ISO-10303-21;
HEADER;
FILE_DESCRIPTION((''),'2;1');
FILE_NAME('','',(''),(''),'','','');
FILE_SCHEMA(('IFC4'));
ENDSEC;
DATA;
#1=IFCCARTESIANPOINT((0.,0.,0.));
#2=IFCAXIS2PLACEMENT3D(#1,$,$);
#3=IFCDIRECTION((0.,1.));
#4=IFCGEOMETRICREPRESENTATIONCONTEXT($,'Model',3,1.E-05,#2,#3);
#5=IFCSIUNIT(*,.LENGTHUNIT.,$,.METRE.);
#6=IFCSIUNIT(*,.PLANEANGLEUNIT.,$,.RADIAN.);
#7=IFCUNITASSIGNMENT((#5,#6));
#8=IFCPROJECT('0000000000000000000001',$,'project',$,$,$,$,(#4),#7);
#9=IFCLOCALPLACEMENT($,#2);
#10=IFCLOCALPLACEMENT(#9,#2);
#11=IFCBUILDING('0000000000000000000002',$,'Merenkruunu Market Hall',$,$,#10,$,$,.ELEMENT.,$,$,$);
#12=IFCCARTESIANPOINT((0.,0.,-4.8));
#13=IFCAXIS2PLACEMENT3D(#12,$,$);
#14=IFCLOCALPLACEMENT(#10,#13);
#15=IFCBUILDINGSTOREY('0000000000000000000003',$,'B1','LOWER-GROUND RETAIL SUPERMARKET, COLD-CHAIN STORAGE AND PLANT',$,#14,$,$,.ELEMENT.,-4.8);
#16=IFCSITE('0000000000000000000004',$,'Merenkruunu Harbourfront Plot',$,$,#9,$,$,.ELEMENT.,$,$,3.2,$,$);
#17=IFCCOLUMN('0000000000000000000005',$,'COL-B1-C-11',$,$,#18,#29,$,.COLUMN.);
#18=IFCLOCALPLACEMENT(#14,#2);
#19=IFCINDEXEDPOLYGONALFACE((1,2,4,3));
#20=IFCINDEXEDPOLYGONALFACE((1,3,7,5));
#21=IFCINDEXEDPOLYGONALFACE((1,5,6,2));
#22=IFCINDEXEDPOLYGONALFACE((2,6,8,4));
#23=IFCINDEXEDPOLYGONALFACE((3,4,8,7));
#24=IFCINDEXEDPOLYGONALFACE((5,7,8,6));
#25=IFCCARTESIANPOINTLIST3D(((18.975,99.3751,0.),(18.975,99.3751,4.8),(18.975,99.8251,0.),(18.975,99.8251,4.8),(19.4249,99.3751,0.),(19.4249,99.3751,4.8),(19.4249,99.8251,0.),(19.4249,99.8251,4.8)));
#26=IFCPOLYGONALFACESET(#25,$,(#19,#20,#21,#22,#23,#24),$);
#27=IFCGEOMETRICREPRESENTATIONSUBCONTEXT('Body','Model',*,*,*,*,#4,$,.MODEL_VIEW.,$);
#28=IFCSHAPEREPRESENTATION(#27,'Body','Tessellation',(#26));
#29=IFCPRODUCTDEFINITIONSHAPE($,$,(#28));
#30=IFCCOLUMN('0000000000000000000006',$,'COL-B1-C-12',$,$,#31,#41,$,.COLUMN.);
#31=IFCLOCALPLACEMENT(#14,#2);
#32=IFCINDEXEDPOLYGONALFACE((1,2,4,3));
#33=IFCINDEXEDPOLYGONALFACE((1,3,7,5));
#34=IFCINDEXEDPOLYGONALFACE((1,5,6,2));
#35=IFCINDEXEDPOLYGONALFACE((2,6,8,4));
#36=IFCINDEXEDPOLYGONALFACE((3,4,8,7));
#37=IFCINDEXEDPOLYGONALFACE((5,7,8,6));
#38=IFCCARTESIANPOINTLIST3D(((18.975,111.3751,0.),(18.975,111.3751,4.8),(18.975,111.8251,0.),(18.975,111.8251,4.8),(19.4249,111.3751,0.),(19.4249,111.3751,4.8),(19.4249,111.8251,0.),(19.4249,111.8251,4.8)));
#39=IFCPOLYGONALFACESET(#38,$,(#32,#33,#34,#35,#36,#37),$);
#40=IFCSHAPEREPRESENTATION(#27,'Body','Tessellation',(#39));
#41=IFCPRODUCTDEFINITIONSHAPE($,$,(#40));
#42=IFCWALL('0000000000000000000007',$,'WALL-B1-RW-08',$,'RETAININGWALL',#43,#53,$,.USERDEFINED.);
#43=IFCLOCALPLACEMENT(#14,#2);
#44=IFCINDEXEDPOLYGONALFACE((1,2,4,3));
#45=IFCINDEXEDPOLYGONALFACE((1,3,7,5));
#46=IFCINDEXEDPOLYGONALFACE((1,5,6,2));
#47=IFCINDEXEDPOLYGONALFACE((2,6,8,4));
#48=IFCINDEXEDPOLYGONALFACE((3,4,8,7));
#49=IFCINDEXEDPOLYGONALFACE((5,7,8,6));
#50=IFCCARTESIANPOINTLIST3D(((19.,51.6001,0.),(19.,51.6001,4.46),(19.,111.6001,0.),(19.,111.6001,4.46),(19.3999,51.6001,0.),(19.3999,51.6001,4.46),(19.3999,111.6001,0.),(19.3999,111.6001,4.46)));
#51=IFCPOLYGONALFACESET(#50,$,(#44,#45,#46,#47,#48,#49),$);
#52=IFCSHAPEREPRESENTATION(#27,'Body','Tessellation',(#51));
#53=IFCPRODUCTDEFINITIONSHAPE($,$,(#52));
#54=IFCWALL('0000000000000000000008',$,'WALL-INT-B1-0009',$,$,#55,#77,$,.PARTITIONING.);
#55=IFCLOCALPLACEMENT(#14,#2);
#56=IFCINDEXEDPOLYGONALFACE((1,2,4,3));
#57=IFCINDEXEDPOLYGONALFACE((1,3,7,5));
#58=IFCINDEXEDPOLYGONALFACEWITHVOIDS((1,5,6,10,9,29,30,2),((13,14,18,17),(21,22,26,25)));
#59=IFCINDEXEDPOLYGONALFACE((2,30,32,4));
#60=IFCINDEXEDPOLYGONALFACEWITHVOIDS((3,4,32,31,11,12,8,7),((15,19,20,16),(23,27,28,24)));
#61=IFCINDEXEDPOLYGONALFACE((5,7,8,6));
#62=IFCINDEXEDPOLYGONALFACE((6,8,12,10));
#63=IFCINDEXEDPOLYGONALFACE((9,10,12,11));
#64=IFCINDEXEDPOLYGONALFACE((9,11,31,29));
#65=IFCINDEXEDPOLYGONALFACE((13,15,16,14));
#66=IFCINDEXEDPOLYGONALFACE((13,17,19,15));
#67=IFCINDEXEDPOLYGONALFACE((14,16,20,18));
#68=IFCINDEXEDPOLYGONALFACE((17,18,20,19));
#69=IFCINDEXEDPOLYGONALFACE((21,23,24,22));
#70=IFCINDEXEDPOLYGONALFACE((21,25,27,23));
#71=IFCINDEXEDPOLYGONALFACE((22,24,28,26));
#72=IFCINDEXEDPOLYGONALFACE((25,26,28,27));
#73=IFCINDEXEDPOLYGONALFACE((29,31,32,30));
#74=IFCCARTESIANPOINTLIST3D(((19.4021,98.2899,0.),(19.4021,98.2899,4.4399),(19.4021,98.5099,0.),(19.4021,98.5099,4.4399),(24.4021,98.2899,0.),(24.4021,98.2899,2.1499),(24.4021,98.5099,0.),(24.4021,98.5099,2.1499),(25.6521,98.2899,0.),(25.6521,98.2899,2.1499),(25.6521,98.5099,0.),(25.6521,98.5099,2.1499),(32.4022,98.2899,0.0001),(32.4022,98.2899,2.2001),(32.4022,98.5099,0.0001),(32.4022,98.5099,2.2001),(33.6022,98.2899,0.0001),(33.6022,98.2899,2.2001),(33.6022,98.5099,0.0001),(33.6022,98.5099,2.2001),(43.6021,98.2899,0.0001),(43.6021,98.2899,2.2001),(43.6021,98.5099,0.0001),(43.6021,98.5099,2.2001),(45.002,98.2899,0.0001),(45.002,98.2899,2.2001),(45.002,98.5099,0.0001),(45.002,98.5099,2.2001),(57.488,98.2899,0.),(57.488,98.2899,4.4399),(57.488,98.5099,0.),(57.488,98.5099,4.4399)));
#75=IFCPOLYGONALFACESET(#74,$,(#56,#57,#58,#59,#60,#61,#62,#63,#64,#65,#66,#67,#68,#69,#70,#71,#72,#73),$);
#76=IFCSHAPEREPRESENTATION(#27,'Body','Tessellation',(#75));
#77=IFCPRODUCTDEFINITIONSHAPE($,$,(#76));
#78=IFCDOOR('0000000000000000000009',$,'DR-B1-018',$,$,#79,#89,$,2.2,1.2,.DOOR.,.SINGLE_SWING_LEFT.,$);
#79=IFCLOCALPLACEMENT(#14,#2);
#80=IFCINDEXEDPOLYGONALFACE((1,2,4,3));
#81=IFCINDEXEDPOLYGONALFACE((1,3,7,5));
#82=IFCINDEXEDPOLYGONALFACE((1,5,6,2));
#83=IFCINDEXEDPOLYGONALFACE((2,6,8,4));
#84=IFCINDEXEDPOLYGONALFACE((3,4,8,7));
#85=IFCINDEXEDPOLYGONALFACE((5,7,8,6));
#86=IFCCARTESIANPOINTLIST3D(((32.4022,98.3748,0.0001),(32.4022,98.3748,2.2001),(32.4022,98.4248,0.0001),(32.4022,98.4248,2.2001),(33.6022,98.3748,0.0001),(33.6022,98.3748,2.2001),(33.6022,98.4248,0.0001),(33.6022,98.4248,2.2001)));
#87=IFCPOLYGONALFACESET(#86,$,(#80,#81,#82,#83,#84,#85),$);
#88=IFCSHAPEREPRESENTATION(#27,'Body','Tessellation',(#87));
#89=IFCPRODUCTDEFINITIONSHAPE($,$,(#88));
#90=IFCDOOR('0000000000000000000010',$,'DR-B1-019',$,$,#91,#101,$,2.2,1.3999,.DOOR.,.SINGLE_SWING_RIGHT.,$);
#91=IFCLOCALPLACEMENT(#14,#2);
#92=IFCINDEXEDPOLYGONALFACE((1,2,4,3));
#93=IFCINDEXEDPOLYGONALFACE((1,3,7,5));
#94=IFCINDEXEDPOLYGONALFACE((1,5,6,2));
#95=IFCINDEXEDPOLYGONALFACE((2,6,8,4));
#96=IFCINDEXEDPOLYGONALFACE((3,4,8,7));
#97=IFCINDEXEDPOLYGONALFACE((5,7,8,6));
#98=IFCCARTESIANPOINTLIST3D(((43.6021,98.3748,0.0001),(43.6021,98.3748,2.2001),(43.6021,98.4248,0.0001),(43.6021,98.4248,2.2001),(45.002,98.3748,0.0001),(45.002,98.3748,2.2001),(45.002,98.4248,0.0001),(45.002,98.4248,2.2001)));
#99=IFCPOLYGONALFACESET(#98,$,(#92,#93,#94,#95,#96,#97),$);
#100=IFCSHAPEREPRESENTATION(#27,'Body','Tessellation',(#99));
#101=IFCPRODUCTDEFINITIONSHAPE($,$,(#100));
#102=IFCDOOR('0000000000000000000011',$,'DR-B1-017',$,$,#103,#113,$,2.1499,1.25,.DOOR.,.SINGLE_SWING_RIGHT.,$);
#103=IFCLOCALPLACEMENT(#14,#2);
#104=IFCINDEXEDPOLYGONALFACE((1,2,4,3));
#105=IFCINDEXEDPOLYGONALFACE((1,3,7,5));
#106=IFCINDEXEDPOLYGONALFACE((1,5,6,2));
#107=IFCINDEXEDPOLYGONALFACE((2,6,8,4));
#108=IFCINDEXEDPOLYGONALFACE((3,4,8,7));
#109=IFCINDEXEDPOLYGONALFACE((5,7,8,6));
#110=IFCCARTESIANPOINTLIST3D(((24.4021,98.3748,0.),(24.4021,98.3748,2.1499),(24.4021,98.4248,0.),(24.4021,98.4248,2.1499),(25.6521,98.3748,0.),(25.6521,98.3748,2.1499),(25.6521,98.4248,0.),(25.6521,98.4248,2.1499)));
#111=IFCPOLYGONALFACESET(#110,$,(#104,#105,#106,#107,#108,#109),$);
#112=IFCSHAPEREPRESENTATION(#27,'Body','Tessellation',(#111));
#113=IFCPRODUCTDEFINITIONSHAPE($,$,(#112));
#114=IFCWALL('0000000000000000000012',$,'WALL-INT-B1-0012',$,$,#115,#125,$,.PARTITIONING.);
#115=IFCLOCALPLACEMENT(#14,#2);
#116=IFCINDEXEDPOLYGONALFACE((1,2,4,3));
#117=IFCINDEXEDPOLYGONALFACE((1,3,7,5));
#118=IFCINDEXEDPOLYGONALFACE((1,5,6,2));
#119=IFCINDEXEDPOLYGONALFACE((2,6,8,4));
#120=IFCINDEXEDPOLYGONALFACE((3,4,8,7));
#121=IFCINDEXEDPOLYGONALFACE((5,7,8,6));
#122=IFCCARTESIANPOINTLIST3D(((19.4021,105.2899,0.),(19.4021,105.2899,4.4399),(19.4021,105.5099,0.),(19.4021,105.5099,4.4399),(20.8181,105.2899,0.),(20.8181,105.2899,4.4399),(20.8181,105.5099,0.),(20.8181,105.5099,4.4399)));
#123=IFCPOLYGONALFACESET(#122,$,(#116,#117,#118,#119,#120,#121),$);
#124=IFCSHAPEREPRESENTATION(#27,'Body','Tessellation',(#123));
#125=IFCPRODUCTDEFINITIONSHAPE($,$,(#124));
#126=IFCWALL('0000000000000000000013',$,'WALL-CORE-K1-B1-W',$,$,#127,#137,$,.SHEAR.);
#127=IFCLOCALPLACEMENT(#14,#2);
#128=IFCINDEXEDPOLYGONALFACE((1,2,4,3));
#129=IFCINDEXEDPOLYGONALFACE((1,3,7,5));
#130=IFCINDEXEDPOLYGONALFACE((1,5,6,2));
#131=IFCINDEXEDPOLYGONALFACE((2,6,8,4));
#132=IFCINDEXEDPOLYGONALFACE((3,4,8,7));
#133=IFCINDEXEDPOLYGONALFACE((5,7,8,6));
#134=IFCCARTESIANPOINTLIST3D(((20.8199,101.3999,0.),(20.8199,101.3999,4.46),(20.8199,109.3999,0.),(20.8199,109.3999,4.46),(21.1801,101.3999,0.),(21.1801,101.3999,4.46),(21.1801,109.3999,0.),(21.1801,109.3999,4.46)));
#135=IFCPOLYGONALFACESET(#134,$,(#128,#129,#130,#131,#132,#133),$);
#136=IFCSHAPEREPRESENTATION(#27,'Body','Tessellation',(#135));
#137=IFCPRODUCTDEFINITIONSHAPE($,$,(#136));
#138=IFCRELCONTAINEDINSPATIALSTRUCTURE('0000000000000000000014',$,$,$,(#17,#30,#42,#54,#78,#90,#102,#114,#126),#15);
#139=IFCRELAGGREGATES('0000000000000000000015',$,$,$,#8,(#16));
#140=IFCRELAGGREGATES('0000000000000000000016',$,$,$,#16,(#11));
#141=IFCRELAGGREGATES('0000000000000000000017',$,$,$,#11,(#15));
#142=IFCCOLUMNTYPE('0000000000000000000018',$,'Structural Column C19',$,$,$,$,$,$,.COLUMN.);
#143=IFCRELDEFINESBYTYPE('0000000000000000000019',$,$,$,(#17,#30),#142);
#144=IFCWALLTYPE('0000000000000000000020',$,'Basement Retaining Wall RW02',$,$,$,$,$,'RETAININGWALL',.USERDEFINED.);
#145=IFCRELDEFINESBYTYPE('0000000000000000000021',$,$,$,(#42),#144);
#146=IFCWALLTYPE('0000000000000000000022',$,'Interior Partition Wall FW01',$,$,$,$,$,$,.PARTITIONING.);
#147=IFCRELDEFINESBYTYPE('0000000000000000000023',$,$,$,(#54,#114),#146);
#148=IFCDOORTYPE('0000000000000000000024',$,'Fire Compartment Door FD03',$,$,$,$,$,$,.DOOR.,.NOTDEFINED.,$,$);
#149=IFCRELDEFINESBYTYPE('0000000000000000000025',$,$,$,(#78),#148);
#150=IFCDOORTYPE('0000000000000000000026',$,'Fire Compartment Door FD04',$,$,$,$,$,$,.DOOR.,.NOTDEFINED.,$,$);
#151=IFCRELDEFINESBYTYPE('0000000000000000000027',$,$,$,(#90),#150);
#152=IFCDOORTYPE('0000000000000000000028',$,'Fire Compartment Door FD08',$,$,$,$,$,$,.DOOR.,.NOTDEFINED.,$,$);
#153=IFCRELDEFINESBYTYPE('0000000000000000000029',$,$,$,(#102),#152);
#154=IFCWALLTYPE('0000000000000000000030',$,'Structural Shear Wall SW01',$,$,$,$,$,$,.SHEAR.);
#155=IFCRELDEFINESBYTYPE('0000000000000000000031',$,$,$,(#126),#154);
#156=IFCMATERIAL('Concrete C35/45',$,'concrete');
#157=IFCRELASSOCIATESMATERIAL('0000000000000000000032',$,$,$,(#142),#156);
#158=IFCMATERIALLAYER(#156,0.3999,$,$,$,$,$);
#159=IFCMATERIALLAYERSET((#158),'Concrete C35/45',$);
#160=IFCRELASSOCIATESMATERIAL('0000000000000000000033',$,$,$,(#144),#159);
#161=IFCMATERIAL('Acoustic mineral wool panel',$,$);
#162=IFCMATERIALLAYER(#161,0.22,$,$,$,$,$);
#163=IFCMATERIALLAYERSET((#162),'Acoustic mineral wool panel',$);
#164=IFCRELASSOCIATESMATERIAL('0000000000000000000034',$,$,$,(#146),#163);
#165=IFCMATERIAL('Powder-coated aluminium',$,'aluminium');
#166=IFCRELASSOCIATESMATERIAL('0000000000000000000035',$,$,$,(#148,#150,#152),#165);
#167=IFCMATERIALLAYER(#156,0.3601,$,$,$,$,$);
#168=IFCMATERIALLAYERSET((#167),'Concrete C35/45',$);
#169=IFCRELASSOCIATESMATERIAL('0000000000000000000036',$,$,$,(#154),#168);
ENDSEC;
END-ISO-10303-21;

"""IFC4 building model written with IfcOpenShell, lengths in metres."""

from ifc_helpers import new_model, si_unit, direction, frame, frame_2d, origin, origin_2d, place, context, subcontext, project, spatial, rectangle, extrude, material, layer, layer_set, material_profile, profile_set, type_object, element, fill, save


model = new_model("IFC4")

# Units and contexts
model_context = context("Model", 3, precision=1e-05, world=origin(), true_north=direction((0.0, 1.0)))
body_context = subcontext(model_context, "Body", "Model", "MODEL_VIEW")
ifc_project = project(units=[si_unit("LENGTHUNIT", "METRE"), si_unit("PLANEANGLEUNIT", "RADIAN")], contexts=[model_context])

# Site, building, storey
site_placement = place(None, origin())
site = spatial("IfcSite", under=ifc_project, at=site_placement, Name="Merenkruunu Harbourfront Plot", CompositionType="ELEMENT", RefElevation=3.2)
building_placement = place(site_placement, origin())
building = spatial("IfcBuilding", under=site, at=building_placement, Name="Merenkruunu Market Hall", CompositionType="ELEMENT")
storey_placement = place(building_placement, frame((0.0, 0.0, -4.8)))
storey = spatial("IfcBuildingStorey", under=building, at=storey_placement, Name="B1", Description="LOWER-GROUND RETAIL SUPERMARKET, COLD-CHAIN STORAGE AND PLANT", CompositionType="ELEMENT", Elevation=-4.8)

# Shared definitions
ifc_material_1 = material(Name="Concrete C35/45", Category="concrete")

# Columns
ifc_material_profile_1 = material_profile(ifc_material_1, rectangle(XDim=0.45, YDim=0.45, at=origin_2d()), Name="RC 450x450")
ifc_profile_set_1 = profile_set([ifc_material_profile_1], Name="Concrete C35/45")
column_type_1 = type_object("IfcColumnType", Name="Structural Column C19", PredefinedType="COLUMN", material=ifc_profile_set_1)
for number, where, z_axis, x_axis, name in (
    (1, (19.2, 99.6001, 0.0), (0.0, 0.0, 1.0), (1.0, 0.0, 0.0), "COL-B1-C-11"),
    (2, (19.2, 111.6001, 0.0), (0.0, 0.0, 1.0), (1.0, 0.0, 0.0), "COL-B1-C-12"),
):
    element("IfcColumn", number, at=place(storey_placement, frame(where, z_axis=z_axis, x_axis=x_axis)), inside=storey, type_object=column_type_1, Name=name, PredefinedType="COLUMN", context=body_context, shape_type="SweptSolid", body=[
        extrude(rectangle(XDim=0.45, YDim=0.45, at=origin_2d()), origin(), (0.0, 0.0, 1.0), 4.8),
    ])

# Wall
ifc_layer_1 = layer(ifc_material_1, 0.3999)
ifc_layer_set_1 = layer_set([ifc_layer_1], Name="Concrete C35/45")
wall_type_1 = type_object("IfcWallType", Name="Basement Retaining Wall RW02", ElementType="RETAININGWALL", PredefinedType="USERDEFINED", material=ifc_layer_set_1)
wall_1_placement = place(storey_placement, frame((19.2, 111.6001, 0.0), z_axis=(0.0, 0.0, 1.0), x_axis=(0.0, -1.0, 0.0)))
element("IfcWall", 3, at=wall_1_placement, inside=storey, type_object=wall_type_1, Name="WALL-B1-RW-08", ObjectType="RETAININGWALL", PredefinedType="USERDEFINED", context=body_context, shape_type="SweptSolid", body=[
    extrude(rectangle(XDim=60.0, YDim=0.3999, at=frame_2d((30.0, 0.0))), origin(), (0.0, 0.0, 1.0), 4.46),
])

# Wall, openings, doors
ifc_material_2 = material(Name="Acoustic mineral wool panel")
ifc_layer_2 = layer(ifc_material_2, 0.22)
ifc_layer_set_2 = layer_set([ifc_layer_2], Name="Acoustic mineral wool panel")
wall_type_2 = type_object("IfcWallType", Name="Interior Partition Wall FW01", PredefinedType="PARTITIONING", material=ifc_layer_set_2)
wall_2_placement = place(storey_placement, frame((19.4021, 98.3999, 0.0), z_axis=(0.0, 0.0, 1.0), x_axis=(1.0, 0.0, 0.0)))
wall_2 = element("IfcWall", 4, at=wall_2_placement, inside=storey, type_object=wall_type_2, Name="WALL-INT-B1-0009", PredefinedType="PARTITIONING", context=body_context, shape_type="SweptSolid", body=[
    extrude(rectangle(XDim=38.0859, YDim=0.22, at=frame_2d((19.043, 0.0))), origin(), (0.0, 0.0, 1.0), 4.4399),
])
opening_1_placement = place(wall_2_placement, frame((5.0, 0.0, 0.0)))
opening_1 = element("IfcOpeningElement", 5, at=opening_1_placement, cuts=wall_2, PredefinedType="OPENING", context=body_context, shape_type="SweptSolid", body=[
    extrude(rectangle(XDim=1.25, YDim=2.1499, at=frame_2d((0.625, 1.075))), frame((0.0, 0.1201, 0.0), z_axis=(0.0, -1.0, 0.0), x_axis=(1.0, 0.0, 0.0)), (0.0, 0.0, 1.0), 0.24),
])
opening_2_placement = place(wall_2_placement, frame((13.0, 0.0, 0.0)))
opening_2 = element("IfcOpeningElement", 6, at=opening_2_placement, cuts=wall_2, PredefinedType="OPENING", context=body_context, shape_type="SweptSolid", body=[
    extrude(rectangle(XDim=1.2, YDim=2.2, at=frame_2d((0.6001, 1.1001))), frame((0.0, 0.1201, 0.0), z_axis=(0.0, -1.0, 0.0), x_axis=(1.0, 0.0, 0.0)), (0.0, 0.0, 1.0), 0.24),
])
opening_3_placement = place(wall_2_placement, frame((24.2, 0.0, 0.0)))
opening_3 = element("IfcOpeningElement", 7, at=opening_3_placement, cuts=wall_2, PredefinedType="OPENING", context=body_context, shape_type="SweptSolid", body=[
    extrude(rectangle(XDim=1.3999, YDim=2.2, at=frame_2d((0.7, 1.1001))), frame((0.0, 0.1201, 0.0), z_axis=(0.0, -1.0, 0.0), x_axis=(1.0, 0.0, 0.0)), (0.0, 0.0, 1.0), 0.24),
])
ifc_material_3 = material(Name="Powder-coated aluminium", Category="aluminium")
door_type_1 = type_object("IfcDoorType", Name="Fire Compartment Door FD03", OperationType="NOTDEFINED", PredefinedType="DOOR", material=ifc_material_3)
door_1_placement = place(opening_2_placement, origin())
door_1 = element("IfcDoor", 8, at=door_1_placement, inside=storey, type_object=door_type_1, Name="DR-B1-018", OperationType="SINGLE_SWING_LEFT", OverallHeight=2.2, OverallWidth=1.2, PredefinedType="DOOR", context=body_context, shape_type="SweptSolid", body=[
    extrude(rectangle(XDim=1.2, YDim=2.2, at=frame_2d((0.6001, 1.1001))), frame((0.0, 0.0249, 0.0), z_axis=(0.0, -1.0, 0.0), x_axis=(1.0, 0.0, 0.0)), (0.0, 0.0, 1.0), 0.05),
])
fill(opening_2, door_1)
door_type_2 = type_object("IfcDoorType", Name="Fire Compartment Door FD04", OperationType="NOTDEFINED", PredefinedType="DOOR", material=ifc_material_3)
door_2_placement = place(opening_3_placement, origin())
door_2 = element("IfcDoor", 9, at=door_2_placement, inside=storey, type_object=door_type_2, Name="DR-B1-019", OperationType="SINGLE_SWING_RIGHT", OverallHeight=2.2, OverallWidth=1.3999, PredefinedType="DOOR", context=body_context, shape_type="SweptSolid", body=[
    extrude(rectangle(XDim=1.3999, YDim=2.2, at=frame_2d((0.7, 1.1001))), frame((0.0, 0.0249, 0.0), z_axis=(0.0, -1.0, 0.0), x_axis=(1.0, 0.0, 0.0)), (0.0, 0.0, 1.0), 0.05),
])
fill(opening_3, door_2)
door_type_3 = type_object("IfcDoorType", Name="Fire Compartment Door FD08", OperationType="NOTDEFINED", PredefinedType="DOOR", material=ifc_material_3)
door_3_placement = place(opening_1_placement, origin())
door_3 = element("IfcDoor", 10, at=door_3_placement, inside=storey, type_object=door_type_3, Name="DR-B1-017", OperationType="SINGLE_SWING_RIGHT", OverallHeight=2.1499, OverallWidth=1.25, PredefinedType="DOOR", context=body_context, shape_type="SweptSolid", body=[
    extrude(rectangle(XDim=1.25, YDim=2.1499, at=frame_2d((0.625, 1.075))), frame((0.0, 0.0249, 0.0), z_axis=(0.0, -1.0, 0.0), x_axis=(1.0, 0.0, 0.0)), (0.0, 0.0, 1.0), 0.05),
])
fill(opening_1, door_3)

# Walls
wall_3_placement = place(storey_placement, frame((19.4021, 105.3999, 0.0), z_axis=(0.0, 0.0, 1.0), x_axis=(1.0, 0.0, 0.0)))
element("IfcWall", 11, at=wall_3_placement, inside=storey, type_object=wall_type_2, Name="WALL-INT-B1-0012", PredefinedType="PARTITIONING", context=body_context, shape_type="SweptSolid", body=[
    extrude(rectangle(XDim=1.416, YDim=0.22, at=frame_2d((0.708, 0.0))), origin(), (0.0, 0.0, 1.0), 4.4399),
])
ifc_layer_3 = layer(ifc_material_1, 0.3601)
ifc_layer_set_3 = layer_set([ifc_layer_3], Name="Concrete C35/45")
wall_type_3 = type_object("IfcWallType", Name="Structural Shear Wall SW01", PredefinedType="SHEAR", material=ifc_layer_set_3)
wall_4_placement = place(storey_placement, frame((21.0, 109.3999, 0.0), z_axis=(0.0, 0.0, 1.0), x_axis=(0.0, -1.0, 0.0)))
element("IfcWall", 12, at=wall_4_placement, inside=storey, type_object=wall_type_3, Name="WALL-CORE-K1-B1-W", PredefinedType="SHEAR", context=body_context, shape_type="SweptSolid", body=[
    extrude(rectangle(XDim=8.0, YDim=0.3601, at=frame_2d((4.0, 0.0))), origin(), (0.0, 0.0, 1.0), 4.46),
])

save(model, "model.ifc")
